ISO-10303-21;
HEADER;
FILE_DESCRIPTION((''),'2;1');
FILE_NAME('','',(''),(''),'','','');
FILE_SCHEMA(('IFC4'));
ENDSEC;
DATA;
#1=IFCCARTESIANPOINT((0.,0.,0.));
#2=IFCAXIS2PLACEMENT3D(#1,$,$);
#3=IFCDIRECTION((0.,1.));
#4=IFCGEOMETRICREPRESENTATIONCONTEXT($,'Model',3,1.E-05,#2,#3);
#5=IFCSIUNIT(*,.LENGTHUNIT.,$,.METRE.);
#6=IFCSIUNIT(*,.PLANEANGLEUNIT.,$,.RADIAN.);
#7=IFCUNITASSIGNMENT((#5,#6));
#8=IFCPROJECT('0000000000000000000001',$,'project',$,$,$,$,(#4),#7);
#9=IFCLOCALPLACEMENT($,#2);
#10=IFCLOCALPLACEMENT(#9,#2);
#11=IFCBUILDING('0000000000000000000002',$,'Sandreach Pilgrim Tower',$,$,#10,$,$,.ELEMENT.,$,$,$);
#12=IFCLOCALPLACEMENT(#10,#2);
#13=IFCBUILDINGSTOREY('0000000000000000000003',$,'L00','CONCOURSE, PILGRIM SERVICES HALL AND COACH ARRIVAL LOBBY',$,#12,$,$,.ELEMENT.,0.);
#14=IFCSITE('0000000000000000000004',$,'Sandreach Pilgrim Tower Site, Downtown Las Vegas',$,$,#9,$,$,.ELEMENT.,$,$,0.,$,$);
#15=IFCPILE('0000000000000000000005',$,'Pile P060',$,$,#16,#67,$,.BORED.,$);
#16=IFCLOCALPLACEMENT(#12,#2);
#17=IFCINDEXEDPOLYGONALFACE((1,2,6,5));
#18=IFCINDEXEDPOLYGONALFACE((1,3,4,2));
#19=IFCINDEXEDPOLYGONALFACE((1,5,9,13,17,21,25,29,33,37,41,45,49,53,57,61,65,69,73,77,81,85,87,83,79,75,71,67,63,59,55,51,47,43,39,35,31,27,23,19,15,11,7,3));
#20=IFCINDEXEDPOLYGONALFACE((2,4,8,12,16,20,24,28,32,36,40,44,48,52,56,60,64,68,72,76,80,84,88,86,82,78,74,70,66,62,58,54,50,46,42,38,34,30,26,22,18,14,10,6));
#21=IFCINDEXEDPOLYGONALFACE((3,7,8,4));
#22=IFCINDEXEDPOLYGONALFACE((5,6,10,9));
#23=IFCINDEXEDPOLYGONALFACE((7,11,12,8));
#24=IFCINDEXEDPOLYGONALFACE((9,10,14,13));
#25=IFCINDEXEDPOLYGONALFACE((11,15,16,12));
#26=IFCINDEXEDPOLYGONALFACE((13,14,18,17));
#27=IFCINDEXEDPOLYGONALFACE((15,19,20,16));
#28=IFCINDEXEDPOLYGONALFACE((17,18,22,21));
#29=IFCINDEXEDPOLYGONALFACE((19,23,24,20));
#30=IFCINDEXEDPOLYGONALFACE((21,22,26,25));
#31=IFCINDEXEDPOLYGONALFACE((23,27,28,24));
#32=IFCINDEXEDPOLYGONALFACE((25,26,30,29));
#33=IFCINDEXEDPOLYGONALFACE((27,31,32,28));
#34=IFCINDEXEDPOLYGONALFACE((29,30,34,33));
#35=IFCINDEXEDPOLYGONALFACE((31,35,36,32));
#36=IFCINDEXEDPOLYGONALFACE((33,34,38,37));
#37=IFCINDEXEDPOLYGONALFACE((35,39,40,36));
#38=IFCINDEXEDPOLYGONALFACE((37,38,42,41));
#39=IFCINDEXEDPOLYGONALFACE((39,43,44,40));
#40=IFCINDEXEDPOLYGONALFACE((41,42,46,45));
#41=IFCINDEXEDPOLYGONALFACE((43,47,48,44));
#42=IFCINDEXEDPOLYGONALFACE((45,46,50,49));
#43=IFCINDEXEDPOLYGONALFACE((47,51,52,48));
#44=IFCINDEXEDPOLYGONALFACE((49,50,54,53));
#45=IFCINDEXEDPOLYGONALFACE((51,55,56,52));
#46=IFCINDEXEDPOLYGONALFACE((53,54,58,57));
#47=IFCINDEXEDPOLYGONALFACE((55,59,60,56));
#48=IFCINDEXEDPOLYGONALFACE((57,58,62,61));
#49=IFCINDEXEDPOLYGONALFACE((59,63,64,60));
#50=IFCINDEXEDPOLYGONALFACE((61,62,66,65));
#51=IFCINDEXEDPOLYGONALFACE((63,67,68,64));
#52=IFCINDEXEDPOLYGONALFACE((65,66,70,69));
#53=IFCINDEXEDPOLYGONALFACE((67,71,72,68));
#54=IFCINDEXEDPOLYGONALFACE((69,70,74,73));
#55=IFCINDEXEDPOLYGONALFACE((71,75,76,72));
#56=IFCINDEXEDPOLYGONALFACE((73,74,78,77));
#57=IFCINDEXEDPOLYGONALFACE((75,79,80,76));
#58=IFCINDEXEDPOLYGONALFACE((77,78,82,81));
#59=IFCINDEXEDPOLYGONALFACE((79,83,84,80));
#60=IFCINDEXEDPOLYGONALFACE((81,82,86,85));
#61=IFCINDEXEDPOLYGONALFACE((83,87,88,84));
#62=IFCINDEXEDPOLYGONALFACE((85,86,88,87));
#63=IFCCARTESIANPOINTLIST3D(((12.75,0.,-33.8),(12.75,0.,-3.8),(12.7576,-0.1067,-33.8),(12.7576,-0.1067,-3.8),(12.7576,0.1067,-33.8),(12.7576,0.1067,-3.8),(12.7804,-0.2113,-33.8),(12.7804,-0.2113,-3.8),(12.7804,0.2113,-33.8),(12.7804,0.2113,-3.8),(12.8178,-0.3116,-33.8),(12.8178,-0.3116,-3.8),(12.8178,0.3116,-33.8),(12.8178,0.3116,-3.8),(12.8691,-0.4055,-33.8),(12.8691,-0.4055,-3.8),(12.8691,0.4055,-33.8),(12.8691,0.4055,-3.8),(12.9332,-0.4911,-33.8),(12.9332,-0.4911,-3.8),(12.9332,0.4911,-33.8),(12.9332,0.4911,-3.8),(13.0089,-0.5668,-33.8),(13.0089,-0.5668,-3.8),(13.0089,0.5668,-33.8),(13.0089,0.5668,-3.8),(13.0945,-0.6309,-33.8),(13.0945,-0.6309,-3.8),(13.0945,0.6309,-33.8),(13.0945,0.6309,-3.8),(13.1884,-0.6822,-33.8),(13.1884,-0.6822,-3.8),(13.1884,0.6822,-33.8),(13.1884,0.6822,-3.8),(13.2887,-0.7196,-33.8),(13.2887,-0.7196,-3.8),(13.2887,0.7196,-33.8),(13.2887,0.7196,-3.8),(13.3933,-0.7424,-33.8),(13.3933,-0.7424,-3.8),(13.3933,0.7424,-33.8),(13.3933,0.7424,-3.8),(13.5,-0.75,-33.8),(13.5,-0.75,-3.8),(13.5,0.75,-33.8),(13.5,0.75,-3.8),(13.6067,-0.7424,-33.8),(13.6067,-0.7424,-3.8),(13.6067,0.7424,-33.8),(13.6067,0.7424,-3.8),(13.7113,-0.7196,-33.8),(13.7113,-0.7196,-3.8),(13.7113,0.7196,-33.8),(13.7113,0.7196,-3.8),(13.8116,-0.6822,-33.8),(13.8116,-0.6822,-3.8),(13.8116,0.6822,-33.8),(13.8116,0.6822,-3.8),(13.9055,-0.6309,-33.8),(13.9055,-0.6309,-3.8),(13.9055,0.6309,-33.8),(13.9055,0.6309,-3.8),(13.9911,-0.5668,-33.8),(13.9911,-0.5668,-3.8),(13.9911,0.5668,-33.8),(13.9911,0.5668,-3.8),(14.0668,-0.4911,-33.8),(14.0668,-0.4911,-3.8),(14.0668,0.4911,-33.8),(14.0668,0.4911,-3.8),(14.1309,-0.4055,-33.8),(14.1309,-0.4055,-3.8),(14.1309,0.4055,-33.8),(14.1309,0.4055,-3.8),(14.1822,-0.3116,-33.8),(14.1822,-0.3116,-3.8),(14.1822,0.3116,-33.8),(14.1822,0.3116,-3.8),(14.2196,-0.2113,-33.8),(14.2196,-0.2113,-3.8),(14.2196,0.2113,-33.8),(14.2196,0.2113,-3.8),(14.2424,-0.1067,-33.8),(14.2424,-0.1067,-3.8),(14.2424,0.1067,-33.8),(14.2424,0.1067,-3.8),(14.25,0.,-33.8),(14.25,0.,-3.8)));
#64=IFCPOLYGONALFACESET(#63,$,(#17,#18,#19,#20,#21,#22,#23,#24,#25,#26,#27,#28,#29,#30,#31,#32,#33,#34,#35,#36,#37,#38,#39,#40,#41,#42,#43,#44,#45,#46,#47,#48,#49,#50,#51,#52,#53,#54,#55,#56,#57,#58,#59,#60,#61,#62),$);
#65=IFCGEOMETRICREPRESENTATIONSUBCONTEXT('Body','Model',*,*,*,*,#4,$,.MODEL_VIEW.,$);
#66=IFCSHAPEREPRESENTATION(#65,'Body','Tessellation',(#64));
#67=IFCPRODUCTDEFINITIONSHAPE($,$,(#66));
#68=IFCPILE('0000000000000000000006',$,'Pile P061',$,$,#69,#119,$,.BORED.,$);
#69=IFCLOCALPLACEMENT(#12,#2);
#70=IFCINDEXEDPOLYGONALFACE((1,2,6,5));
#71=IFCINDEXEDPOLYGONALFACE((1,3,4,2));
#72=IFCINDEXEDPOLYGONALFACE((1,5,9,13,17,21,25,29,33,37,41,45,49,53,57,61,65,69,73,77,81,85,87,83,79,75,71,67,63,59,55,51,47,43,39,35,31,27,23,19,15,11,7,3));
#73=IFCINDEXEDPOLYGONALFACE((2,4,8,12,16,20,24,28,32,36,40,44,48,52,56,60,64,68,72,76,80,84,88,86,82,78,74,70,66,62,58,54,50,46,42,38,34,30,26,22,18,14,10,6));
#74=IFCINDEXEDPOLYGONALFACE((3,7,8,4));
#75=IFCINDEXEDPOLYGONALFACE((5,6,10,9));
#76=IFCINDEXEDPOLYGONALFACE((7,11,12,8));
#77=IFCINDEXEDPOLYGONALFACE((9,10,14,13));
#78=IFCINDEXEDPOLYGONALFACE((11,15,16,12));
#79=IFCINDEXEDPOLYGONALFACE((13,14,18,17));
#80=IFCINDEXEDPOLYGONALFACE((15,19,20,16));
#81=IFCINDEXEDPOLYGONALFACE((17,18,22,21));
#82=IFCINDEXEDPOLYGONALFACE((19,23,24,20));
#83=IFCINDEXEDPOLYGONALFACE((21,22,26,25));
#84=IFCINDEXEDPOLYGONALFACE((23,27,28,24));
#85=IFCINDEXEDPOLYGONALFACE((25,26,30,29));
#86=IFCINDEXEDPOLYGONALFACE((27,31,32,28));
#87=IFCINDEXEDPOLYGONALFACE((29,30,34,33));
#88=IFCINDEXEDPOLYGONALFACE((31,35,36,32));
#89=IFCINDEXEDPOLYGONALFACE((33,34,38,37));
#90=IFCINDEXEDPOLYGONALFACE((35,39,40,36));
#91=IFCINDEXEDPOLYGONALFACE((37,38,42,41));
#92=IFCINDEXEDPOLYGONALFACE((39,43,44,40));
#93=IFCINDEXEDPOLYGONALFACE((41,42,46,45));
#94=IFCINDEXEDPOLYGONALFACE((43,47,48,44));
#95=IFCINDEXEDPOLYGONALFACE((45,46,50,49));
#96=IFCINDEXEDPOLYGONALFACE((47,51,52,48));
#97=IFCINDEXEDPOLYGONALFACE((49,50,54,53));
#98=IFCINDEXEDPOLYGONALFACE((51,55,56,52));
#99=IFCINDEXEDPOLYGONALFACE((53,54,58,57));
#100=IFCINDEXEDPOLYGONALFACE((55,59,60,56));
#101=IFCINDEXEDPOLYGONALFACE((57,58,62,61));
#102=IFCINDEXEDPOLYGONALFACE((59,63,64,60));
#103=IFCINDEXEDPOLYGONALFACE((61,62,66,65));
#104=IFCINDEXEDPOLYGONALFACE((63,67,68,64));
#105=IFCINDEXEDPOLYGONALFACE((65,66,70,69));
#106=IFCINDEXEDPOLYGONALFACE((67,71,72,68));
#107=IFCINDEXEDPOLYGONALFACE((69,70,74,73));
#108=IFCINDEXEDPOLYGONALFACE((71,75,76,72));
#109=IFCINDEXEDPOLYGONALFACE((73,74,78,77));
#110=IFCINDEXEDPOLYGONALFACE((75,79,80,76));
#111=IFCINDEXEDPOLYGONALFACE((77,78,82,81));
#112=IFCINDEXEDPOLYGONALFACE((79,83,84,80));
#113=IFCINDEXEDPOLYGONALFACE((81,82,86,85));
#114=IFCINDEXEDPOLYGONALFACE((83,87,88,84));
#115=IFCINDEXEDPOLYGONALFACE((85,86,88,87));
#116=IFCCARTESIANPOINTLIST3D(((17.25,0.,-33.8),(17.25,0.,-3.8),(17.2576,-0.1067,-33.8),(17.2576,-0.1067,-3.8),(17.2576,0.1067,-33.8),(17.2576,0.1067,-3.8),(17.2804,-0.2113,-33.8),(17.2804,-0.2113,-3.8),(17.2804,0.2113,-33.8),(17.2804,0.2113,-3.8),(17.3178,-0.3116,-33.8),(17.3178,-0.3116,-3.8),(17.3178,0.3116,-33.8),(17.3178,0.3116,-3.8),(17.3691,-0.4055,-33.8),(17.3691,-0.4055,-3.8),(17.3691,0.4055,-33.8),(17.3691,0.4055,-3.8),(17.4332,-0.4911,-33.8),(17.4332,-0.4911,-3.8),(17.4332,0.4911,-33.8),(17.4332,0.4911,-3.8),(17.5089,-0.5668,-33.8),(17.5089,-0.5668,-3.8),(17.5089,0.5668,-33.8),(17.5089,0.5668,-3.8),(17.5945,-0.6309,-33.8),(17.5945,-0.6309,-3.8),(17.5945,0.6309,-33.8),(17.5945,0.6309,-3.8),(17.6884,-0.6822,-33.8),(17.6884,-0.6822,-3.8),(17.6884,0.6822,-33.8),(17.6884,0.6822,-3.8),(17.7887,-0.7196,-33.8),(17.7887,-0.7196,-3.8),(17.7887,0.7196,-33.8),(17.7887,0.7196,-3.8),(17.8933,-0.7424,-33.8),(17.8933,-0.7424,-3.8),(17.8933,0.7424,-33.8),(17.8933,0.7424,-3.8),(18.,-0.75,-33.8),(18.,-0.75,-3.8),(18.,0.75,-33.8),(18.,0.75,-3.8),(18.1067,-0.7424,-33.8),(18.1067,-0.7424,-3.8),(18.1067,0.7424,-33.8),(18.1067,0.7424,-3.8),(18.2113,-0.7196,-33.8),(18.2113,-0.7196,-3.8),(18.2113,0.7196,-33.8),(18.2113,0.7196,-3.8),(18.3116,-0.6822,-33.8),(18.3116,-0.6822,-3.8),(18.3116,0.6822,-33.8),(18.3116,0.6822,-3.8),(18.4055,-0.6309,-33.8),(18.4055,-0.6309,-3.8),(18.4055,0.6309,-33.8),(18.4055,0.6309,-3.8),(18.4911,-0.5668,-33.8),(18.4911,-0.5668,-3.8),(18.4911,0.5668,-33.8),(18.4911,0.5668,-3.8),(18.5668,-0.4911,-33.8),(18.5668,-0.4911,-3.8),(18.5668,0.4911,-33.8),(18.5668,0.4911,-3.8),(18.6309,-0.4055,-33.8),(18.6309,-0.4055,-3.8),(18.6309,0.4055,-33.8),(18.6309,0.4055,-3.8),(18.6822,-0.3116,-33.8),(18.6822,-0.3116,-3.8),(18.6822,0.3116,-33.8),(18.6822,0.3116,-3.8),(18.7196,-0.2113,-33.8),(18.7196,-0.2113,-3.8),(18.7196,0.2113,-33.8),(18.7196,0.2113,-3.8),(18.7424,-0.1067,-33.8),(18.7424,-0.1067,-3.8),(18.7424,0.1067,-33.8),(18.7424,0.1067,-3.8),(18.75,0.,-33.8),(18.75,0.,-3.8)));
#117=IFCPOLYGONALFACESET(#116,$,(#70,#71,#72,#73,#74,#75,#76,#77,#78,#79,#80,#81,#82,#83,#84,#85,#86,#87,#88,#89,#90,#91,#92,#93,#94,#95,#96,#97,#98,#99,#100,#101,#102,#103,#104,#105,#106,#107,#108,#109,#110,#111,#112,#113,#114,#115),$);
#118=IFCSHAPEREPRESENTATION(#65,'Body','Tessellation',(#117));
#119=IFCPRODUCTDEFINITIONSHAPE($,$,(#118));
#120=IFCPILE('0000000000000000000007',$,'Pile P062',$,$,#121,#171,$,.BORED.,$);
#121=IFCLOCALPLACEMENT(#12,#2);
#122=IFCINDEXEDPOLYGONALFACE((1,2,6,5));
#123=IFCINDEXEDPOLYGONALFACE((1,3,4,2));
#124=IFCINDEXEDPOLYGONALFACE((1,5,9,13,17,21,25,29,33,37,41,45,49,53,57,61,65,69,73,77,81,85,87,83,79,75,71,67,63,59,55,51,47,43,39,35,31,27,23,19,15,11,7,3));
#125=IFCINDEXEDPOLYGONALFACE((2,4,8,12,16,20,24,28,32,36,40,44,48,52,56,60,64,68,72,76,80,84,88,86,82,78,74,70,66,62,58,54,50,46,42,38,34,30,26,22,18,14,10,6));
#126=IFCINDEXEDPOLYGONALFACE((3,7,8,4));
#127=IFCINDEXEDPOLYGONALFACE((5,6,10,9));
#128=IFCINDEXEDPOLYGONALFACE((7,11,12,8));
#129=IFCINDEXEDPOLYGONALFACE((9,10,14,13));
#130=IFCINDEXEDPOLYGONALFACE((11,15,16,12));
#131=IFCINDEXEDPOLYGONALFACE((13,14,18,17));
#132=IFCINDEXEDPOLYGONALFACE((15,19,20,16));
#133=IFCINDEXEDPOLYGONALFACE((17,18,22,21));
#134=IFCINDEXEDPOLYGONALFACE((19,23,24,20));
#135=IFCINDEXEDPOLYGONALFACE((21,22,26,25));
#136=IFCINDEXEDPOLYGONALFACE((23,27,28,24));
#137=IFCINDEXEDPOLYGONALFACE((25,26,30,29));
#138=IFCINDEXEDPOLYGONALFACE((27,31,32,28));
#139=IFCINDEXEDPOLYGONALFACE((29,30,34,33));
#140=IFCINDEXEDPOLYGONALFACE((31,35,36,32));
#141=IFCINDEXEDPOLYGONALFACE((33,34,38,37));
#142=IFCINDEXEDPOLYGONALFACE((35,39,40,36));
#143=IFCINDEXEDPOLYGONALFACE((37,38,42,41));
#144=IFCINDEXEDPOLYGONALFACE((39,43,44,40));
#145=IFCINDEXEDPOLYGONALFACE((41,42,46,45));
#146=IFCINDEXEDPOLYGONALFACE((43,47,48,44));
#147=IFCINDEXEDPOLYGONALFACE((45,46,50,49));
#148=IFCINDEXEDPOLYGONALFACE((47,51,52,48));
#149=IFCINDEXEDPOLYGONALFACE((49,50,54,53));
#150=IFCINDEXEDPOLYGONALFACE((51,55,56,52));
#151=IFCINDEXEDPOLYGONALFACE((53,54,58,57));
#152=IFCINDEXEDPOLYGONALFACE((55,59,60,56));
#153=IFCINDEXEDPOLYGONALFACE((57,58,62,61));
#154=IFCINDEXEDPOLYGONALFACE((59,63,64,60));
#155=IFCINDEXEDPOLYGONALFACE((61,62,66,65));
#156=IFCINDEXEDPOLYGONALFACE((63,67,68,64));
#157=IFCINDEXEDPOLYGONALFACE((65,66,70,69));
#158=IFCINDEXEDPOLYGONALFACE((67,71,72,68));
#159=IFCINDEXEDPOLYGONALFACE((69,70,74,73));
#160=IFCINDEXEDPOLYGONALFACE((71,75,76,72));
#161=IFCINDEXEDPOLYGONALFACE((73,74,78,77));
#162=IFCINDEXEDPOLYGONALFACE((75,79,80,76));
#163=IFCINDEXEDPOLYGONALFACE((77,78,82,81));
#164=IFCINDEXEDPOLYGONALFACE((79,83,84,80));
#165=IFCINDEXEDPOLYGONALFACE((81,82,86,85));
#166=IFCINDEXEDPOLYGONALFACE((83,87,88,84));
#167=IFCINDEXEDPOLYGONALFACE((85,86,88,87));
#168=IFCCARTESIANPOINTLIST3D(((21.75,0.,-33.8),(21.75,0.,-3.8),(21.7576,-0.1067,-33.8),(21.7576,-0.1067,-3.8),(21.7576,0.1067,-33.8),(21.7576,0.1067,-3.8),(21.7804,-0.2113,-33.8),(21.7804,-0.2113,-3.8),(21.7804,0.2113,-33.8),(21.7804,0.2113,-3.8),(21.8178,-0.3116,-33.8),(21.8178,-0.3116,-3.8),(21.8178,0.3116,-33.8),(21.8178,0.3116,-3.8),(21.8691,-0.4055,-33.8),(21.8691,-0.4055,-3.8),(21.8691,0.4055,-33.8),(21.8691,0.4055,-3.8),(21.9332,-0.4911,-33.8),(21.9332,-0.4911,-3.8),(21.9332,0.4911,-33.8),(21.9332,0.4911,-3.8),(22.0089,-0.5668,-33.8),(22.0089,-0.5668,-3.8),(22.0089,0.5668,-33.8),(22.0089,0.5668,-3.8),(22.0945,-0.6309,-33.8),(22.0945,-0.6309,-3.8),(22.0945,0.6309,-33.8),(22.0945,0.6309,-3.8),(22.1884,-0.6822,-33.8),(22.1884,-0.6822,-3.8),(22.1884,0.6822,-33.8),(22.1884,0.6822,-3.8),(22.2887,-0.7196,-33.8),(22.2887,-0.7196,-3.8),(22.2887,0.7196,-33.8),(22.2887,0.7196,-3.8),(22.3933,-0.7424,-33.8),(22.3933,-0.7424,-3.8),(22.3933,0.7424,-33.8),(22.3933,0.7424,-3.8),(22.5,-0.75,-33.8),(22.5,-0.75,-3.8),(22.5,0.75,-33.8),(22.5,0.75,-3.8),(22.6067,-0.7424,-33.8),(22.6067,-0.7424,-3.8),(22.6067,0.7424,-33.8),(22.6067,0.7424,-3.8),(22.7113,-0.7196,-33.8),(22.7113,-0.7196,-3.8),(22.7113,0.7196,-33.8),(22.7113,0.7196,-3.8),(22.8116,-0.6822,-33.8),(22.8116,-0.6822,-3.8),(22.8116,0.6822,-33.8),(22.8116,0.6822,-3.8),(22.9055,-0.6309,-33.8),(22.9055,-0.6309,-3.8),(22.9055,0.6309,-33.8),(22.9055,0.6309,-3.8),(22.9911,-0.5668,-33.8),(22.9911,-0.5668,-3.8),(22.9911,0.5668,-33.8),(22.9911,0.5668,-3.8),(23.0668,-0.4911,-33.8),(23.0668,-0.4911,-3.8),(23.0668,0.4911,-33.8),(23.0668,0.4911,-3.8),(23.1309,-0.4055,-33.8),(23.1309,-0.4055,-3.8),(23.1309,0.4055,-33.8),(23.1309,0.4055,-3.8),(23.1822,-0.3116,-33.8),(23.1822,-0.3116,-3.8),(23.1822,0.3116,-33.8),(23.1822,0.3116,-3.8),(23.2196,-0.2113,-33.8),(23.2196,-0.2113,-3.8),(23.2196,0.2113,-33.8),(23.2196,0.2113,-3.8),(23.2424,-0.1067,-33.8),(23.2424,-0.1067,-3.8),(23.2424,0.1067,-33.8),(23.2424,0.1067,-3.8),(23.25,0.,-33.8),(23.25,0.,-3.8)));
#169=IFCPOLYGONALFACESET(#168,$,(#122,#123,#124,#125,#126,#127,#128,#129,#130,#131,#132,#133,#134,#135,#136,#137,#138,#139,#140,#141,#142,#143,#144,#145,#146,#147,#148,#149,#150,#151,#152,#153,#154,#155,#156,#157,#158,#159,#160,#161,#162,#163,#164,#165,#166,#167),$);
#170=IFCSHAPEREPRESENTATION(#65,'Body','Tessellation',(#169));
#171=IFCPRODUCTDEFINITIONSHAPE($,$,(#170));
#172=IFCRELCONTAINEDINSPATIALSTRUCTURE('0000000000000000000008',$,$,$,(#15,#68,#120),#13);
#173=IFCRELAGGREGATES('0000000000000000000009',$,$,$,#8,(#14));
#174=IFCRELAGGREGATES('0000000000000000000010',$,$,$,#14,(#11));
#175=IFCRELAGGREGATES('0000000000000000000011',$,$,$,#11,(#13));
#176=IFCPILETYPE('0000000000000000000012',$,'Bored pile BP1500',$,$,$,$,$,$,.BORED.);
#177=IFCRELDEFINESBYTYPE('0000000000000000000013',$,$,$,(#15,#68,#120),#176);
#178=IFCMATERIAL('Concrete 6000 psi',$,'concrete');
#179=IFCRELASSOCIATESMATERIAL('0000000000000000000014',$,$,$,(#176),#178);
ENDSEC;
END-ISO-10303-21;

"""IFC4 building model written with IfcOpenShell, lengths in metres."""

from ifc_helpers import new_model, si_unit, direction, frame, origin, origin_2d, place, context, subcontext, project, spatial, circle, extrude, material, material_profile, profile_set, type_object, element, save


model = new_model("IFC4")

# Units and contexts
model_context = context("Model", 3, precision=1e-05, world=origin(), true_north=direction((0.0, 1.0)))
body_context = subcontext(model_context, "Body", "Model", "MODEL_VIEW")
ifc_project = project(units=[si_unit("LENGTHUNIT", "METRE"), si_unit("PLANEANGLEUNIT", "RADIAN")], contexts=[model_context])

# Site, building, storey
site_placement = place(None, origin())
site = spatial("IfcSite", under=ifc_project, at=site_placement, Name="Sandreach Pilgrim Tower Site, Downtown Las Vegas", CompositionType="ELEMENT", RefElevation=0.0)
building_placement = place(site_placement, origin())
building = spatial("IfcBuilding", under=site, at=building_placement, Name="Sandreach Pilgrim Tower", CompositionType="ELEMENT")
storey_placement = place(building_placement, origin())
storey = spatial("IfcBuildingStorey", under=building, at=storey_placement, Name="L00", Description="CONCOURSE, PILGRIM SERVICES HALL AND COACH ARRIVAL LOBBY", CompositionType="ELEMENT", Elevation=0.0)

# Piles
ifc_material_1 = material(Name="Concrete 6000 psi", Category="concrete")
ifc_material_profile_1 = material_profile(ifc_material_1, circle(Radius=0.75, at=origin_2d()), Name="BP1500")
ifc_profile_set_1 = profile_set([ifc_material_profile_1], Name="Concrete 6000 psi")
pile_type = type_object("IfcPileType", Name="Bored pile BP1500", PredefinedType="BORED", material=ifc_profile_set_1)
for number, where, z_axis, x_axis, name in (
    (1, (13.5, 0.0, -3.8), (0.0, 0.0, -1.0), (1.0, 0.0, 0.0), "Pile P060"),
    (2, (18.0, 0.0, -3.8), (0.0, 0.0, -1.0), (1.0, 0.0, 0.0), "Pile P061"),
    (3, (22.5, 0.0, -3.8), (0.0, 0.0, -1.0), (1.0, 0.0, 0.0), "Pile P062"),
):
    element("IfcPile", number, at=place(storey_placement, frame(where, z_axis=z_axis, x_axis=x_axis)), inside=storey, type_object=pile_type, Name=name, PredefinedType="BORED", context=body_context, shape_type="SweptSolid", body=[
        extrude(circle(Radius=0.75, at=origin_2d()), origin(), (0.0, 0.0, 1.0), 30.0),
    ])

save(model, "model.ifc")
